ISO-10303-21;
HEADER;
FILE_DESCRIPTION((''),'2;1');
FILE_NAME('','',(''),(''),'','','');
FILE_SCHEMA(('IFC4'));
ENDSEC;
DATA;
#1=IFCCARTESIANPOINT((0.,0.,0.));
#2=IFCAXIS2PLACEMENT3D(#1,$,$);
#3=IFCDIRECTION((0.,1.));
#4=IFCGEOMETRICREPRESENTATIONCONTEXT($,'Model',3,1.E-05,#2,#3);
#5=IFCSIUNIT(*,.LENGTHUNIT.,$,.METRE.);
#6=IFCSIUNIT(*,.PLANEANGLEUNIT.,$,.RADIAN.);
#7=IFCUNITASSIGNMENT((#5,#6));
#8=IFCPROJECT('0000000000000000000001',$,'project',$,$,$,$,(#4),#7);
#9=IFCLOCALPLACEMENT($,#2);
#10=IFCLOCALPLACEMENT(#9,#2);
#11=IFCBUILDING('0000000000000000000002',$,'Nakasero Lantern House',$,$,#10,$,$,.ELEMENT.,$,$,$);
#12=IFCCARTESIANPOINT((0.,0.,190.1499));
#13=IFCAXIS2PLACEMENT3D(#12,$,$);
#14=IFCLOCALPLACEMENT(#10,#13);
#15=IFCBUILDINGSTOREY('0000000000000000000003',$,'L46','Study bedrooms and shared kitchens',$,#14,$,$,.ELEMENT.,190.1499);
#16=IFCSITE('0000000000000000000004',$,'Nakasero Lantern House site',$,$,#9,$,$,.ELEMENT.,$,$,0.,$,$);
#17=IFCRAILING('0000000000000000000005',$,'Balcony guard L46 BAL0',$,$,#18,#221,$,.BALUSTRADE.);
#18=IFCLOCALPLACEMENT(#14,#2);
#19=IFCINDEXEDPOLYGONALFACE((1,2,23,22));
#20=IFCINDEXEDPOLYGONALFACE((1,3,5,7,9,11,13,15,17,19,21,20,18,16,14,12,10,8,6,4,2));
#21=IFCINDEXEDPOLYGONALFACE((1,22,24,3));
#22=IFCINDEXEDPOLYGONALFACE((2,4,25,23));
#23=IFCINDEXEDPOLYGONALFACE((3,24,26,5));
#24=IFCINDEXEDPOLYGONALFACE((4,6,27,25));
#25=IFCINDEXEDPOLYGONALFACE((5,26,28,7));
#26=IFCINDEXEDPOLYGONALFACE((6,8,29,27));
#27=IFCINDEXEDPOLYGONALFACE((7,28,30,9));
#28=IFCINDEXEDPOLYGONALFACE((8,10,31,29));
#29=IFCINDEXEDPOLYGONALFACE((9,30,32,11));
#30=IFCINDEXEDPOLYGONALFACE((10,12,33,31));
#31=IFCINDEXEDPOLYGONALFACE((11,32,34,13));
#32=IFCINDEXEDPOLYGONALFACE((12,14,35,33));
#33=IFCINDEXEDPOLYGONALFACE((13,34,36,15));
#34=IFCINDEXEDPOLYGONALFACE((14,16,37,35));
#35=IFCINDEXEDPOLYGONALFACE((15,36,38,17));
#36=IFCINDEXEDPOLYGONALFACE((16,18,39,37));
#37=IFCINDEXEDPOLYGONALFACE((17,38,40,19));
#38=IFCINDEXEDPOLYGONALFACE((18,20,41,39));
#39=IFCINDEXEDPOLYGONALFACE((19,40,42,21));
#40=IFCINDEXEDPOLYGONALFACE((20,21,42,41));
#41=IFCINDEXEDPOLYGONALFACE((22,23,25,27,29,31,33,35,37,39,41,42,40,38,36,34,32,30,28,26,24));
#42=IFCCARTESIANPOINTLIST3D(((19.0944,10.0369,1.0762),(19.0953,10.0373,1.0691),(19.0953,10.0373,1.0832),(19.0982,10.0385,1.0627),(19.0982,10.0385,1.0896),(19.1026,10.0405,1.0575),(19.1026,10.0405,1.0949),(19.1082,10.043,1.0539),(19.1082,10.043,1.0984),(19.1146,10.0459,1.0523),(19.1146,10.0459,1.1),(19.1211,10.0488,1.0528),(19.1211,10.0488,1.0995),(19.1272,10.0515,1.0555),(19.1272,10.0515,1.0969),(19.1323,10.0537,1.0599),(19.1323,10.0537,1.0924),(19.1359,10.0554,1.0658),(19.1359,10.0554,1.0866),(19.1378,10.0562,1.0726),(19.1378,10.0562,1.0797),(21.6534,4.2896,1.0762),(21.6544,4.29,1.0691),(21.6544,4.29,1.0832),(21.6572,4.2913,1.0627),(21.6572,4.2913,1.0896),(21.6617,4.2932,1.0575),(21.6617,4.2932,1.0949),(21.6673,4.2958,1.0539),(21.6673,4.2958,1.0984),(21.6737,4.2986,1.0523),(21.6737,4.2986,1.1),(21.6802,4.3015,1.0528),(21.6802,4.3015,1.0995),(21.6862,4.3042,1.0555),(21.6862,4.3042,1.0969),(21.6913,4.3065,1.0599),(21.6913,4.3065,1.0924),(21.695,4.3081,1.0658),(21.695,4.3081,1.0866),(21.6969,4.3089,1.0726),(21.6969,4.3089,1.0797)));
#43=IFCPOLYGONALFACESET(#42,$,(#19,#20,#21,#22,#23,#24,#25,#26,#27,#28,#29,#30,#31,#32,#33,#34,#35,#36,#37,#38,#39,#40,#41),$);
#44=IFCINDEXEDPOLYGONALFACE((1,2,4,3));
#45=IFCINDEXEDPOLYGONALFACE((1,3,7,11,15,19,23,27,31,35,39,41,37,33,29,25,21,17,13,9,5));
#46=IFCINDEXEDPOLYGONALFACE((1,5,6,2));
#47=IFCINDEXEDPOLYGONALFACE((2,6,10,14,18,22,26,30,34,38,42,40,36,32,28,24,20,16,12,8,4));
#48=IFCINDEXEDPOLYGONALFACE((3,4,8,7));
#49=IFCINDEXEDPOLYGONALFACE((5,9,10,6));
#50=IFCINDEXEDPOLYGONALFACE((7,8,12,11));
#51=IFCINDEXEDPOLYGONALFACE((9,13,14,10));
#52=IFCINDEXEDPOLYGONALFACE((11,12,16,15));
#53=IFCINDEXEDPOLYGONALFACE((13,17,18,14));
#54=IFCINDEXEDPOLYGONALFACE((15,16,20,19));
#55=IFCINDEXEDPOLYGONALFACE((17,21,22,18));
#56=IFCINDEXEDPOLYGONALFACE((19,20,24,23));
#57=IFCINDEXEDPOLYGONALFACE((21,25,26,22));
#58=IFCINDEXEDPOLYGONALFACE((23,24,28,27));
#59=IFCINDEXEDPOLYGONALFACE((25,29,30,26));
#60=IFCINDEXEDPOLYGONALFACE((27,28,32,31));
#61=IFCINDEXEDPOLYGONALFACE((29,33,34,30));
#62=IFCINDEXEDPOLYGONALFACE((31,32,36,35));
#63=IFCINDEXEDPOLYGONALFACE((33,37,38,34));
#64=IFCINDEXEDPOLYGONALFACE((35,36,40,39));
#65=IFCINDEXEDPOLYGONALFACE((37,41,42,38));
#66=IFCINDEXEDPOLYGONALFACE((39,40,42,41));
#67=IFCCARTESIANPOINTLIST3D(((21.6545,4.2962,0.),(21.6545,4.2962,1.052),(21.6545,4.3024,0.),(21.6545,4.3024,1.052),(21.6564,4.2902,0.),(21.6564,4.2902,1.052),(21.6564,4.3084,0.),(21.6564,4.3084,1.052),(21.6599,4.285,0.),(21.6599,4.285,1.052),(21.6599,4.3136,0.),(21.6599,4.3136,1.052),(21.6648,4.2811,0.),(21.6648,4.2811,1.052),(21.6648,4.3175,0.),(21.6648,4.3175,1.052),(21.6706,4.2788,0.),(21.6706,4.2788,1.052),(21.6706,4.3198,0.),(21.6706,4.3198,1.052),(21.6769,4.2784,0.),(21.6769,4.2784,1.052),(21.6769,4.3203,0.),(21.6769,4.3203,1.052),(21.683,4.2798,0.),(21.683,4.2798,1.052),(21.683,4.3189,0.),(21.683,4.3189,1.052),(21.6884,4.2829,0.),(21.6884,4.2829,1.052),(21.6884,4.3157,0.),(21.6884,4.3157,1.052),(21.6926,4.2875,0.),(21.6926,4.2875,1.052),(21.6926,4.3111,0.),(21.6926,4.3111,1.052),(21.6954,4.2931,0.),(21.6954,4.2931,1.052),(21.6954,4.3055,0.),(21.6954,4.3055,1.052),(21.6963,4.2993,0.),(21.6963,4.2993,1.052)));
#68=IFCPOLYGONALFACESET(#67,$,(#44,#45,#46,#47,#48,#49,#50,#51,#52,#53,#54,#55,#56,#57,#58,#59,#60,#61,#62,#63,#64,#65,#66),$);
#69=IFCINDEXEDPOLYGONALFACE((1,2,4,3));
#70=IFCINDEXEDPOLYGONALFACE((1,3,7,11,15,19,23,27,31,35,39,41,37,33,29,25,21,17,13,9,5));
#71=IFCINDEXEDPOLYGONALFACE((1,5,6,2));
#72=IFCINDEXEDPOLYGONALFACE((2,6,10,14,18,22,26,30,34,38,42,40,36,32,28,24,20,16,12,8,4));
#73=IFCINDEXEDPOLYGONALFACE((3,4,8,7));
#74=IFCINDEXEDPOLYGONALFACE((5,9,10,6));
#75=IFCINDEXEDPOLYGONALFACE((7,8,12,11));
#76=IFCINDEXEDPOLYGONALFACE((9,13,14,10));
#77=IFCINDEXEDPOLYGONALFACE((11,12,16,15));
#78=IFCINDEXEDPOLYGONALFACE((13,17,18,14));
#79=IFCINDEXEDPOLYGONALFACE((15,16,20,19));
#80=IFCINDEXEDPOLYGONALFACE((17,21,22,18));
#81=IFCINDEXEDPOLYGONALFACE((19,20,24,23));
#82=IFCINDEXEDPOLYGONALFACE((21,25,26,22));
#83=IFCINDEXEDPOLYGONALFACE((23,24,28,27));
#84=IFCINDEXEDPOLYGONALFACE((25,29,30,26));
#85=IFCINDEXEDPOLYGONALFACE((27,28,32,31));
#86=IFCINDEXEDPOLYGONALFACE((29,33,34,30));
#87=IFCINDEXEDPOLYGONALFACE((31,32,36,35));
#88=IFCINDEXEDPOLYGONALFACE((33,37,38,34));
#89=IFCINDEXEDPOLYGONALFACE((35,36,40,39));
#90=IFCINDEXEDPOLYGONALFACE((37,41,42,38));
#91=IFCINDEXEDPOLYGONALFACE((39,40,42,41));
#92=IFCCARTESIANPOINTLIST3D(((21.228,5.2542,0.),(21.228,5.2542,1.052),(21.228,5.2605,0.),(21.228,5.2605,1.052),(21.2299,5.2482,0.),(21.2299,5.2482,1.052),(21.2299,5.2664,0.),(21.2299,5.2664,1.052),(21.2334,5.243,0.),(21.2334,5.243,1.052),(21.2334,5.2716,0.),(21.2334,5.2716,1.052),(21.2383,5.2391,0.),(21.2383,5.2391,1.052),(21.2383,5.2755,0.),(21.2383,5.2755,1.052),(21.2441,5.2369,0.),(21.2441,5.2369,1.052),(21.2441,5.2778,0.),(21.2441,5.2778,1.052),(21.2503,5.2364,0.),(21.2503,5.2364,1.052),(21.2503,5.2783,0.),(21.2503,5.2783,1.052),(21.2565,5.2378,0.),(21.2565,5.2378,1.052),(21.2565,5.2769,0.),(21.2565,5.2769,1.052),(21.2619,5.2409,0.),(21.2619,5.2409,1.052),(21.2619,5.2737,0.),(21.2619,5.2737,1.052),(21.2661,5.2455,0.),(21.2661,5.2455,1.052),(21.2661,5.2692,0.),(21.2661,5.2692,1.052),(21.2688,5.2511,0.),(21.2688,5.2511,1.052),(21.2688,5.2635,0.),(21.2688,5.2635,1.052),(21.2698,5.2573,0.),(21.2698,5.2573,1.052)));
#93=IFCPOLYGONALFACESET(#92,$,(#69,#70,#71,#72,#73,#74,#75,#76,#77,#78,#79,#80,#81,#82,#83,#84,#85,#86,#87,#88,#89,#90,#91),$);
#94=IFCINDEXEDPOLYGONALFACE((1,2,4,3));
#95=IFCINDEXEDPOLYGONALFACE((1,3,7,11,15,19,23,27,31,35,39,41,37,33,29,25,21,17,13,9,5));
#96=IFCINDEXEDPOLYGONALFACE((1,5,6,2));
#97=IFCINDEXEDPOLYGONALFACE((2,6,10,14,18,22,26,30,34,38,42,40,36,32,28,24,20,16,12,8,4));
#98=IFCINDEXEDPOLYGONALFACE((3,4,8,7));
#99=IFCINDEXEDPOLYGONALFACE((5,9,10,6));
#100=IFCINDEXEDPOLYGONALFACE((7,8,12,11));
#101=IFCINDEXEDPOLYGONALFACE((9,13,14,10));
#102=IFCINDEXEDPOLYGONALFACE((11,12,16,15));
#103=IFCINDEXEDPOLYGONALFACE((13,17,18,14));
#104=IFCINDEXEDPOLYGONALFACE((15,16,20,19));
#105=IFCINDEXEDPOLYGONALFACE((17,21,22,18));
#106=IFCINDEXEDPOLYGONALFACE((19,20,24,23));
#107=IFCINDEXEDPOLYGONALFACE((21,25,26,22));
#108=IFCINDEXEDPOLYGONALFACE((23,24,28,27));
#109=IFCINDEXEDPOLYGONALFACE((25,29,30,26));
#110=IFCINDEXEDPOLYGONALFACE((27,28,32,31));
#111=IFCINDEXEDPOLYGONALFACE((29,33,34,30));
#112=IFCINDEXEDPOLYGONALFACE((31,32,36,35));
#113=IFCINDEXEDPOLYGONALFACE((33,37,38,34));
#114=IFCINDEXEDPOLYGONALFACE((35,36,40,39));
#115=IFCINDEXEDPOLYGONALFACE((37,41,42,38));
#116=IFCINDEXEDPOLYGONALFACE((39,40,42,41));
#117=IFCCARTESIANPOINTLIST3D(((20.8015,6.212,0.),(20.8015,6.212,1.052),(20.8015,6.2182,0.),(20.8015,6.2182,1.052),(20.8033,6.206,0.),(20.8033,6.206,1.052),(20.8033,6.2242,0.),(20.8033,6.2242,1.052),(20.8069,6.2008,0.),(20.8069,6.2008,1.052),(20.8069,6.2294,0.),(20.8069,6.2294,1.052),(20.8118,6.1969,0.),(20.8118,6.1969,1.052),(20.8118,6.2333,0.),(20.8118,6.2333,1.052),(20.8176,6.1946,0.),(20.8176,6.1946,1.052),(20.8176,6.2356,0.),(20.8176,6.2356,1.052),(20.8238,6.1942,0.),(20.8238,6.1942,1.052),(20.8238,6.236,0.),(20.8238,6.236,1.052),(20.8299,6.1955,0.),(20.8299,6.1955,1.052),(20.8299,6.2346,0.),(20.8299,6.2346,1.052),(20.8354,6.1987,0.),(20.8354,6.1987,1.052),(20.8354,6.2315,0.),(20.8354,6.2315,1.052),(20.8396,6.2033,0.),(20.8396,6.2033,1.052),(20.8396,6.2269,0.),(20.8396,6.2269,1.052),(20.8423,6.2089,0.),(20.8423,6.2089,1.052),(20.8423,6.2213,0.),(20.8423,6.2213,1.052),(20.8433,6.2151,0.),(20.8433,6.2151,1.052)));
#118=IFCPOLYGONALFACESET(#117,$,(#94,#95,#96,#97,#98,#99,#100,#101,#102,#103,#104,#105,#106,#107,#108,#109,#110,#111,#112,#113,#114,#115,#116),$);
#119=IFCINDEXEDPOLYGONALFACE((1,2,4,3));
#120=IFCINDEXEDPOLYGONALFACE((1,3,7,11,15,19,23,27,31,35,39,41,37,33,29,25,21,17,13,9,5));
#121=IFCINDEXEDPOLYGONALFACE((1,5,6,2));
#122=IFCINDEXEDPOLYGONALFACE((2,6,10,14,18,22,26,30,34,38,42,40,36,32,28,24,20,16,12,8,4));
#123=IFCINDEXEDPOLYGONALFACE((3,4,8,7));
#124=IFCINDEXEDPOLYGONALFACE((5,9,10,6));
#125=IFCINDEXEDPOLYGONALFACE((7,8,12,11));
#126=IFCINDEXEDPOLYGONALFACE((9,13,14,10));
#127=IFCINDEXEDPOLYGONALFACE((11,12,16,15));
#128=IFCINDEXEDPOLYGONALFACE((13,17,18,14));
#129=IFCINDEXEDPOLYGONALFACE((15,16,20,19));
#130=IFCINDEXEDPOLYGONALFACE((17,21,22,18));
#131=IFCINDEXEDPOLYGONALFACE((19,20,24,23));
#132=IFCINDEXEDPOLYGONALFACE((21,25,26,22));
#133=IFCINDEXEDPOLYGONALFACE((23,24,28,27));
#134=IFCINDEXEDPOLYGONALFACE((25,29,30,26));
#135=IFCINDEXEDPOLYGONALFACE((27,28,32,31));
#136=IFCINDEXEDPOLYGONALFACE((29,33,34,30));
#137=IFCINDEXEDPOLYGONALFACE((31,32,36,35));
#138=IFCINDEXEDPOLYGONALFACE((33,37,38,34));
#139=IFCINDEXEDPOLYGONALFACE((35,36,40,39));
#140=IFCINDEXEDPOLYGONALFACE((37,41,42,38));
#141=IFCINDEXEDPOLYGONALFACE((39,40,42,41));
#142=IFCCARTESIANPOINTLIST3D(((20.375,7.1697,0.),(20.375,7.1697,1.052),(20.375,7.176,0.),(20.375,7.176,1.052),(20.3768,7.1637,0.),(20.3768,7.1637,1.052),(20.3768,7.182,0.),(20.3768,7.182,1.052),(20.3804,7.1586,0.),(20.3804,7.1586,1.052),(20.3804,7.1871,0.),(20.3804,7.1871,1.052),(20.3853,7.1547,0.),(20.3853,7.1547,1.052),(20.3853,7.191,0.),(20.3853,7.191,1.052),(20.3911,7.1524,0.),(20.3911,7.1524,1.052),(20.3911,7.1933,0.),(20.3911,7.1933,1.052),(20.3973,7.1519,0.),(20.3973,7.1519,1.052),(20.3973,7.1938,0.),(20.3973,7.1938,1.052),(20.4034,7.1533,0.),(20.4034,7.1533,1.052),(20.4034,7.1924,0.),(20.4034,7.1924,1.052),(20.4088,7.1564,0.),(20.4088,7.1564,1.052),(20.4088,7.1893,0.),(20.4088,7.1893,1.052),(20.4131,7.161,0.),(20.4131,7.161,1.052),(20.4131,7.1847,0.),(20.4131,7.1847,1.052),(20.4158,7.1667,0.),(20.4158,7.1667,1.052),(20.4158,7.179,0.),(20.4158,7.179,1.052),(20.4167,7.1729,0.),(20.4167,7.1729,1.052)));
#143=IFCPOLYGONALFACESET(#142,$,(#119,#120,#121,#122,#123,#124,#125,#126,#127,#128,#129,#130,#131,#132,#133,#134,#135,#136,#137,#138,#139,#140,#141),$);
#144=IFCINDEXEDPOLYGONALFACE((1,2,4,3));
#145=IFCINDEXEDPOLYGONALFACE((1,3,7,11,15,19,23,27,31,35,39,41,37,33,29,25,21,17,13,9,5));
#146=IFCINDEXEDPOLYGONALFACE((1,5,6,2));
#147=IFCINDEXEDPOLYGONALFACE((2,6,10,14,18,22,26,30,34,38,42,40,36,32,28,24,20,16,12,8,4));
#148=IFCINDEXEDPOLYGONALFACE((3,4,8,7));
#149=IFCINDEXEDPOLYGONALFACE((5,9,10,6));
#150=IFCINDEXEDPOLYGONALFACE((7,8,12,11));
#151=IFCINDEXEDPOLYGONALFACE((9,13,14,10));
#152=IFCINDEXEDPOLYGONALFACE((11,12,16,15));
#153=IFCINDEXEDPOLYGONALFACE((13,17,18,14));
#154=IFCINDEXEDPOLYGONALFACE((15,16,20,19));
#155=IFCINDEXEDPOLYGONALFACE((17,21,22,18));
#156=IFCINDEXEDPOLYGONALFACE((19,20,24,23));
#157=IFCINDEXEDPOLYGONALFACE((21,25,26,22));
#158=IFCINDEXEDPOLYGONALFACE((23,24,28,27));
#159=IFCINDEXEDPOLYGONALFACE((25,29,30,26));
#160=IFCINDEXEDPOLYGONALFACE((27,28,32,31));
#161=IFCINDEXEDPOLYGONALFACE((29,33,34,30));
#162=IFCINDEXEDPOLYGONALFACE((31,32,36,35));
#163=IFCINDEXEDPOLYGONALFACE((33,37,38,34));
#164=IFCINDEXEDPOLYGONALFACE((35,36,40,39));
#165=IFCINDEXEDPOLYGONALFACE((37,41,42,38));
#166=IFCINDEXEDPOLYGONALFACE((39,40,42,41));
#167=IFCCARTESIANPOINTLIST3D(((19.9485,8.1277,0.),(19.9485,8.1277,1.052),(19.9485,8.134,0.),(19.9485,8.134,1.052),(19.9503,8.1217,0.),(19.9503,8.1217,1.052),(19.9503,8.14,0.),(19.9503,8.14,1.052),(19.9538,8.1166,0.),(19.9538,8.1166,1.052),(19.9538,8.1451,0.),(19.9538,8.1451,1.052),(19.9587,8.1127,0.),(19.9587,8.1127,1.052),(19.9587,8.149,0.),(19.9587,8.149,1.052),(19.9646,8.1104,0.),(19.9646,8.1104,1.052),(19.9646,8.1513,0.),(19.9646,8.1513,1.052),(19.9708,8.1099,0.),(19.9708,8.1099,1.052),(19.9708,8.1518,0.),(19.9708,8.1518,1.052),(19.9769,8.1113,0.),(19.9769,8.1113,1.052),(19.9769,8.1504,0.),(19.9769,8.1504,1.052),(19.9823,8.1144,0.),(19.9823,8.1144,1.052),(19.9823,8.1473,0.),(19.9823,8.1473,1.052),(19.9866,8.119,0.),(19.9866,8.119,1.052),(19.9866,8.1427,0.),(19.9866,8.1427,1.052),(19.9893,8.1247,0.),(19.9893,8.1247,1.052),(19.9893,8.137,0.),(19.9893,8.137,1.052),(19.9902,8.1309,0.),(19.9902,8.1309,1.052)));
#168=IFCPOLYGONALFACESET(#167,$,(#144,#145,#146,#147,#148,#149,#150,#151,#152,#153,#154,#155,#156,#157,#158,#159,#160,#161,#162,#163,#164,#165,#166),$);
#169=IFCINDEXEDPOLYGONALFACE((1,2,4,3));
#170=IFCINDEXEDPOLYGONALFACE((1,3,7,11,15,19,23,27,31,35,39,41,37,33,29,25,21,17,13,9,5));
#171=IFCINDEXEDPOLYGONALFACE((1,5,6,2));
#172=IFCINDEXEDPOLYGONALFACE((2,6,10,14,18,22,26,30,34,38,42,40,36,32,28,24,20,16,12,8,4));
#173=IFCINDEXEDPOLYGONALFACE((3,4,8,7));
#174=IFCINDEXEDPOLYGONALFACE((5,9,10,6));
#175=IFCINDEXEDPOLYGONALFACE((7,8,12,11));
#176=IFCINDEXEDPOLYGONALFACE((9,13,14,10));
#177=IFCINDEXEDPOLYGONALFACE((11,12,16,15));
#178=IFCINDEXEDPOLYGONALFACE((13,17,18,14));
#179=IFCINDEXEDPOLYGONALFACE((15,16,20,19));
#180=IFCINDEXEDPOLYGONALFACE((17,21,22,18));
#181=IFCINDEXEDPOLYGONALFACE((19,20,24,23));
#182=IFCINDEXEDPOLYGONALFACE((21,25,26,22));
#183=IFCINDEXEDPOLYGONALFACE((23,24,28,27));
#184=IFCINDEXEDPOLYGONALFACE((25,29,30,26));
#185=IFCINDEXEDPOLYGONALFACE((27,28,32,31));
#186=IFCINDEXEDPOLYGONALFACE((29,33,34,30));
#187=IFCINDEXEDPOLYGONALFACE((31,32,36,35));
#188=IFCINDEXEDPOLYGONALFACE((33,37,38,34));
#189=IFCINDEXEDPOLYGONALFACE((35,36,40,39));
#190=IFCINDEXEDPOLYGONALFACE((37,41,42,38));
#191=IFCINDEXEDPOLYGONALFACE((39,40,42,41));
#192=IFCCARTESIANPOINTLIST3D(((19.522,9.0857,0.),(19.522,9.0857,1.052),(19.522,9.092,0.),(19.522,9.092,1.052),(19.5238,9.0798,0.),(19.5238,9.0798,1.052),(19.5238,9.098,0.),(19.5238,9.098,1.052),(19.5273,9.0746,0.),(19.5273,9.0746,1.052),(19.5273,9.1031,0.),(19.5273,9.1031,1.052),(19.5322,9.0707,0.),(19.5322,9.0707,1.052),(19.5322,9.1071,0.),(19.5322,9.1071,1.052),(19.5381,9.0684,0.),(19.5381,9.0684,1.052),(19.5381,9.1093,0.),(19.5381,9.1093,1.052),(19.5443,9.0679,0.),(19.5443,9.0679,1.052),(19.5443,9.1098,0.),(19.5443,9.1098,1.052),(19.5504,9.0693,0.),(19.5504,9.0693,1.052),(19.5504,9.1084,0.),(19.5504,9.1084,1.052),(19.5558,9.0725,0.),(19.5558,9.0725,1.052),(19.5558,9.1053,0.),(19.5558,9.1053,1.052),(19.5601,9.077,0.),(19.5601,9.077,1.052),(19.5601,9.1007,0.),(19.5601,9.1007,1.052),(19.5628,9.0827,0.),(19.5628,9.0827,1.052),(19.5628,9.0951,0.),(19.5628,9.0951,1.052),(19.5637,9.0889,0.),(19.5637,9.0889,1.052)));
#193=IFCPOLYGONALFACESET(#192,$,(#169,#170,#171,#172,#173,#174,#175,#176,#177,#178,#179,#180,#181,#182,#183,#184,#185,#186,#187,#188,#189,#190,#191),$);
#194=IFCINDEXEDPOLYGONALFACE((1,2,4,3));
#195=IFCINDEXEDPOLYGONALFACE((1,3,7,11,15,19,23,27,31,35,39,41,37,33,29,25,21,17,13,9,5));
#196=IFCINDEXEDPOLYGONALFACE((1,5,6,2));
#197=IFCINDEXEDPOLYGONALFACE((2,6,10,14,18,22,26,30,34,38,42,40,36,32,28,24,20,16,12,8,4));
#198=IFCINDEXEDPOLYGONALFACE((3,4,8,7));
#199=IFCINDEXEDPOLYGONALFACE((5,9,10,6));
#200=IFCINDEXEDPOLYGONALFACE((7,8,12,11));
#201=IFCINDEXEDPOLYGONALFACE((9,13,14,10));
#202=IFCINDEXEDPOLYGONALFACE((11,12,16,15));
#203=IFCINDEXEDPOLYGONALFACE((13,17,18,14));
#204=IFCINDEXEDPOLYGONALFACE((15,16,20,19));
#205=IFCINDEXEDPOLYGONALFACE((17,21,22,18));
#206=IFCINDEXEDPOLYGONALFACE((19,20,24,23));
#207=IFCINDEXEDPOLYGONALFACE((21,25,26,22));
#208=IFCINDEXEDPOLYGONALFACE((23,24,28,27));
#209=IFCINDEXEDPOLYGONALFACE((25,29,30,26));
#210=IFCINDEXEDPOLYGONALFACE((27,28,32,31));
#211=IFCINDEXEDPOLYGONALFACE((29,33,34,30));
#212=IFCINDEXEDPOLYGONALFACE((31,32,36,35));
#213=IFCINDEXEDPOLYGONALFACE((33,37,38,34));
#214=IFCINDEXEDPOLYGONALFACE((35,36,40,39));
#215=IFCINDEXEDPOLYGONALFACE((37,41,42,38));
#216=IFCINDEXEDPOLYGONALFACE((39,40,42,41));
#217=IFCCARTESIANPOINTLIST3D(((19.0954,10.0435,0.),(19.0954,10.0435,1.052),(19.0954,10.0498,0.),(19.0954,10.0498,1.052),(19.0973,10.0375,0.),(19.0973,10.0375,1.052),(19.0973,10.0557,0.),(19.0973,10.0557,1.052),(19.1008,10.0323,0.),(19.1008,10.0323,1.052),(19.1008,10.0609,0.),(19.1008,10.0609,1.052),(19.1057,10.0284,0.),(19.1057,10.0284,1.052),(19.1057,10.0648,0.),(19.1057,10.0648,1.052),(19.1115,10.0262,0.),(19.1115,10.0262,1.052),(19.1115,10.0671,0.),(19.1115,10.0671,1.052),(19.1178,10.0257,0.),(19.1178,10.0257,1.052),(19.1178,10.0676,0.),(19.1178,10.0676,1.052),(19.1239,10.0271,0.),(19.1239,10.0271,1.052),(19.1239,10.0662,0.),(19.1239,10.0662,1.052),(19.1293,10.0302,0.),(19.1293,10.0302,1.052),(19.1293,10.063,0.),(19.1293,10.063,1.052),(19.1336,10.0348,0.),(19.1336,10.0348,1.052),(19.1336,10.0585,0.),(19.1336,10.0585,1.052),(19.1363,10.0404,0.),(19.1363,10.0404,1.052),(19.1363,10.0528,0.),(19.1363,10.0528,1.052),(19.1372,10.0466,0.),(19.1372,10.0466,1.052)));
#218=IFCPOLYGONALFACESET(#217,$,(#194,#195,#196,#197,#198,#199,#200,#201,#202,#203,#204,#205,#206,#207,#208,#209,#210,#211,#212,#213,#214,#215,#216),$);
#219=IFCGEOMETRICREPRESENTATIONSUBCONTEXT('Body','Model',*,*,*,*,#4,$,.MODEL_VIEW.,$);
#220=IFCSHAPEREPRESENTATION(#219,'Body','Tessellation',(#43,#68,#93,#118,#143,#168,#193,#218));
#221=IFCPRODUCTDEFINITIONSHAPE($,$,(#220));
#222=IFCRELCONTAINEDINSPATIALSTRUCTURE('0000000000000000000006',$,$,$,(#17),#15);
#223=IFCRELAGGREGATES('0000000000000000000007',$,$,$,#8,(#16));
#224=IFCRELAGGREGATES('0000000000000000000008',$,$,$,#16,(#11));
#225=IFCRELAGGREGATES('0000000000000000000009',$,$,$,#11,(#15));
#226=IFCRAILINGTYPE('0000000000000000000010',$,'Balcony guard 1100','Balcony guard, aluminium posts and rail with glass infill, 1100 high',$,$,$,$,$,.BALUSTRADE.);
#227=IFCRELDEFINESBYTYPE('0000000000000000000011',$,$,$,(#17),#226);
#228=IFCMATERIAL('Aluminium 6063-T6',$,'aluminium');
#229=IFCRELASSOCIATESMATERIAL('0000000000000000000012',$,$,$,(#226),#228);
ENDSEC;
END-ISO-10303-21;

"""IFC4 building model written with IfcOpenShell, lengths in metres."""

from ifc_helpers import new_model, si_unit, direction, frame, origin, origin_2d, place, context, subcontext, project, spatial, circle, extrude, material, type_object, element, save


model = new_model("IFC4")

# Units and contexts
model_context = context("Model", 3, precision=1e-05, world=origin(), true_north=direction((0.0, 1.0)))
body_context = subcontext(model_context, "Body", "Model", "MODEL_VIEW")
ifc_project = project(units=[si_unit("LENGTHUNIT", "METRE"), si_unit("PLANEANGLEUNIT", "RADIAN")], contexts=[model_context])

# Site, building, storey
site_placement = place(None, origin())
site = spatial("IfcSite", under=ifc_project, at=site_placement, Name="Nakasero Lantern House site", CompositionType="ELEMENT", RefElevation=0.0)
building_placement = place(site_placement, origin())
building = spatial("IfcBuilding", under=site, at=building_placement, Name="Nakasero Lantern House", CompositionType="ELEMENT")
storey_placement = place(building_placement, frame((0.0, 0.0, 190.1499)))
storey = spatial("IfcBuildingStorey", under=building, at=storey_placement, Name="L46", Description="Study bedrooms and shared kitchens", CompositionType="ELEMENT", Elevation=190.1499)

# Railing
ifc_material_1 = material(Name="Aluminium 6063-T6", Category="aluminium")
railing_type = type_object("IfcRailingType", Name="Balcony guard 1100", Description="Balcony guard, aluminium posts and rail with glass infill, 1100 high", PredefinedType="BALUSTRADE", material=ifc_material_1)
railing_placement = place(storey_placement, frame((21.6753, 4.2993, 0.0)))
element("IfcRailing", 1, at=railing_placement, inside=storey, type_object=railing_type, Name="Balcony guard L46 BAL0", PredefinedType="BALUSTRADE", context=body_context, shape_type="SweptSolid", body=[
    extrude(circle(Radius=0.0239, at=origin_2d()), frame((0.0, 0.0, 1.0762), z_axis=(-0.406765, 0.913533, 0.0), x_axis=(-0.913533, -0.406765, 0.0)), (0.0, 0.0, 1.0), 6.2913),
    extrude(circle(Radius=0.021, at=origin_2d()), origin(), (0.0, 0.0, 1.0), 1.052),
    extrude(circle(Radius=0.021, at=origin_2d()), frame((-0.4265, 0.958, 0.0)), (0.0, 0.0, 1.0), 1.052),
    extrude(circle(Radius=0.021, at=origin_2d()), frame((-0.853, 1.9158, 0.0)), (0.0, 0.0, 1.0), 1.052),
    extrude(circle(Radius=0.021, at=origin_2d()), frame((-1.2795, 2.8735, 0.0)), (0.0, 0.0, 1.0), 1.052),
    extrude(circle(Radius=0.021, at=origin_2d()), frame((-1.7061, 3.8315, 0.0)), (0.0, 0.0, 1.0), 1.052),
    extrude(circle(Radius=0.021, at=origin_2d()), frame((-2.1326, 4.7896, 0.0)), (0.0, 0.0, 1.0), 1.052),
    extrude(circle(Radius=0.021, at=origin_2d()), frame((-2.5591, 5.7473, 0.0)), (0.0, 0.0, 1.0), 1.052),
])

save(model, "model.ifc")
